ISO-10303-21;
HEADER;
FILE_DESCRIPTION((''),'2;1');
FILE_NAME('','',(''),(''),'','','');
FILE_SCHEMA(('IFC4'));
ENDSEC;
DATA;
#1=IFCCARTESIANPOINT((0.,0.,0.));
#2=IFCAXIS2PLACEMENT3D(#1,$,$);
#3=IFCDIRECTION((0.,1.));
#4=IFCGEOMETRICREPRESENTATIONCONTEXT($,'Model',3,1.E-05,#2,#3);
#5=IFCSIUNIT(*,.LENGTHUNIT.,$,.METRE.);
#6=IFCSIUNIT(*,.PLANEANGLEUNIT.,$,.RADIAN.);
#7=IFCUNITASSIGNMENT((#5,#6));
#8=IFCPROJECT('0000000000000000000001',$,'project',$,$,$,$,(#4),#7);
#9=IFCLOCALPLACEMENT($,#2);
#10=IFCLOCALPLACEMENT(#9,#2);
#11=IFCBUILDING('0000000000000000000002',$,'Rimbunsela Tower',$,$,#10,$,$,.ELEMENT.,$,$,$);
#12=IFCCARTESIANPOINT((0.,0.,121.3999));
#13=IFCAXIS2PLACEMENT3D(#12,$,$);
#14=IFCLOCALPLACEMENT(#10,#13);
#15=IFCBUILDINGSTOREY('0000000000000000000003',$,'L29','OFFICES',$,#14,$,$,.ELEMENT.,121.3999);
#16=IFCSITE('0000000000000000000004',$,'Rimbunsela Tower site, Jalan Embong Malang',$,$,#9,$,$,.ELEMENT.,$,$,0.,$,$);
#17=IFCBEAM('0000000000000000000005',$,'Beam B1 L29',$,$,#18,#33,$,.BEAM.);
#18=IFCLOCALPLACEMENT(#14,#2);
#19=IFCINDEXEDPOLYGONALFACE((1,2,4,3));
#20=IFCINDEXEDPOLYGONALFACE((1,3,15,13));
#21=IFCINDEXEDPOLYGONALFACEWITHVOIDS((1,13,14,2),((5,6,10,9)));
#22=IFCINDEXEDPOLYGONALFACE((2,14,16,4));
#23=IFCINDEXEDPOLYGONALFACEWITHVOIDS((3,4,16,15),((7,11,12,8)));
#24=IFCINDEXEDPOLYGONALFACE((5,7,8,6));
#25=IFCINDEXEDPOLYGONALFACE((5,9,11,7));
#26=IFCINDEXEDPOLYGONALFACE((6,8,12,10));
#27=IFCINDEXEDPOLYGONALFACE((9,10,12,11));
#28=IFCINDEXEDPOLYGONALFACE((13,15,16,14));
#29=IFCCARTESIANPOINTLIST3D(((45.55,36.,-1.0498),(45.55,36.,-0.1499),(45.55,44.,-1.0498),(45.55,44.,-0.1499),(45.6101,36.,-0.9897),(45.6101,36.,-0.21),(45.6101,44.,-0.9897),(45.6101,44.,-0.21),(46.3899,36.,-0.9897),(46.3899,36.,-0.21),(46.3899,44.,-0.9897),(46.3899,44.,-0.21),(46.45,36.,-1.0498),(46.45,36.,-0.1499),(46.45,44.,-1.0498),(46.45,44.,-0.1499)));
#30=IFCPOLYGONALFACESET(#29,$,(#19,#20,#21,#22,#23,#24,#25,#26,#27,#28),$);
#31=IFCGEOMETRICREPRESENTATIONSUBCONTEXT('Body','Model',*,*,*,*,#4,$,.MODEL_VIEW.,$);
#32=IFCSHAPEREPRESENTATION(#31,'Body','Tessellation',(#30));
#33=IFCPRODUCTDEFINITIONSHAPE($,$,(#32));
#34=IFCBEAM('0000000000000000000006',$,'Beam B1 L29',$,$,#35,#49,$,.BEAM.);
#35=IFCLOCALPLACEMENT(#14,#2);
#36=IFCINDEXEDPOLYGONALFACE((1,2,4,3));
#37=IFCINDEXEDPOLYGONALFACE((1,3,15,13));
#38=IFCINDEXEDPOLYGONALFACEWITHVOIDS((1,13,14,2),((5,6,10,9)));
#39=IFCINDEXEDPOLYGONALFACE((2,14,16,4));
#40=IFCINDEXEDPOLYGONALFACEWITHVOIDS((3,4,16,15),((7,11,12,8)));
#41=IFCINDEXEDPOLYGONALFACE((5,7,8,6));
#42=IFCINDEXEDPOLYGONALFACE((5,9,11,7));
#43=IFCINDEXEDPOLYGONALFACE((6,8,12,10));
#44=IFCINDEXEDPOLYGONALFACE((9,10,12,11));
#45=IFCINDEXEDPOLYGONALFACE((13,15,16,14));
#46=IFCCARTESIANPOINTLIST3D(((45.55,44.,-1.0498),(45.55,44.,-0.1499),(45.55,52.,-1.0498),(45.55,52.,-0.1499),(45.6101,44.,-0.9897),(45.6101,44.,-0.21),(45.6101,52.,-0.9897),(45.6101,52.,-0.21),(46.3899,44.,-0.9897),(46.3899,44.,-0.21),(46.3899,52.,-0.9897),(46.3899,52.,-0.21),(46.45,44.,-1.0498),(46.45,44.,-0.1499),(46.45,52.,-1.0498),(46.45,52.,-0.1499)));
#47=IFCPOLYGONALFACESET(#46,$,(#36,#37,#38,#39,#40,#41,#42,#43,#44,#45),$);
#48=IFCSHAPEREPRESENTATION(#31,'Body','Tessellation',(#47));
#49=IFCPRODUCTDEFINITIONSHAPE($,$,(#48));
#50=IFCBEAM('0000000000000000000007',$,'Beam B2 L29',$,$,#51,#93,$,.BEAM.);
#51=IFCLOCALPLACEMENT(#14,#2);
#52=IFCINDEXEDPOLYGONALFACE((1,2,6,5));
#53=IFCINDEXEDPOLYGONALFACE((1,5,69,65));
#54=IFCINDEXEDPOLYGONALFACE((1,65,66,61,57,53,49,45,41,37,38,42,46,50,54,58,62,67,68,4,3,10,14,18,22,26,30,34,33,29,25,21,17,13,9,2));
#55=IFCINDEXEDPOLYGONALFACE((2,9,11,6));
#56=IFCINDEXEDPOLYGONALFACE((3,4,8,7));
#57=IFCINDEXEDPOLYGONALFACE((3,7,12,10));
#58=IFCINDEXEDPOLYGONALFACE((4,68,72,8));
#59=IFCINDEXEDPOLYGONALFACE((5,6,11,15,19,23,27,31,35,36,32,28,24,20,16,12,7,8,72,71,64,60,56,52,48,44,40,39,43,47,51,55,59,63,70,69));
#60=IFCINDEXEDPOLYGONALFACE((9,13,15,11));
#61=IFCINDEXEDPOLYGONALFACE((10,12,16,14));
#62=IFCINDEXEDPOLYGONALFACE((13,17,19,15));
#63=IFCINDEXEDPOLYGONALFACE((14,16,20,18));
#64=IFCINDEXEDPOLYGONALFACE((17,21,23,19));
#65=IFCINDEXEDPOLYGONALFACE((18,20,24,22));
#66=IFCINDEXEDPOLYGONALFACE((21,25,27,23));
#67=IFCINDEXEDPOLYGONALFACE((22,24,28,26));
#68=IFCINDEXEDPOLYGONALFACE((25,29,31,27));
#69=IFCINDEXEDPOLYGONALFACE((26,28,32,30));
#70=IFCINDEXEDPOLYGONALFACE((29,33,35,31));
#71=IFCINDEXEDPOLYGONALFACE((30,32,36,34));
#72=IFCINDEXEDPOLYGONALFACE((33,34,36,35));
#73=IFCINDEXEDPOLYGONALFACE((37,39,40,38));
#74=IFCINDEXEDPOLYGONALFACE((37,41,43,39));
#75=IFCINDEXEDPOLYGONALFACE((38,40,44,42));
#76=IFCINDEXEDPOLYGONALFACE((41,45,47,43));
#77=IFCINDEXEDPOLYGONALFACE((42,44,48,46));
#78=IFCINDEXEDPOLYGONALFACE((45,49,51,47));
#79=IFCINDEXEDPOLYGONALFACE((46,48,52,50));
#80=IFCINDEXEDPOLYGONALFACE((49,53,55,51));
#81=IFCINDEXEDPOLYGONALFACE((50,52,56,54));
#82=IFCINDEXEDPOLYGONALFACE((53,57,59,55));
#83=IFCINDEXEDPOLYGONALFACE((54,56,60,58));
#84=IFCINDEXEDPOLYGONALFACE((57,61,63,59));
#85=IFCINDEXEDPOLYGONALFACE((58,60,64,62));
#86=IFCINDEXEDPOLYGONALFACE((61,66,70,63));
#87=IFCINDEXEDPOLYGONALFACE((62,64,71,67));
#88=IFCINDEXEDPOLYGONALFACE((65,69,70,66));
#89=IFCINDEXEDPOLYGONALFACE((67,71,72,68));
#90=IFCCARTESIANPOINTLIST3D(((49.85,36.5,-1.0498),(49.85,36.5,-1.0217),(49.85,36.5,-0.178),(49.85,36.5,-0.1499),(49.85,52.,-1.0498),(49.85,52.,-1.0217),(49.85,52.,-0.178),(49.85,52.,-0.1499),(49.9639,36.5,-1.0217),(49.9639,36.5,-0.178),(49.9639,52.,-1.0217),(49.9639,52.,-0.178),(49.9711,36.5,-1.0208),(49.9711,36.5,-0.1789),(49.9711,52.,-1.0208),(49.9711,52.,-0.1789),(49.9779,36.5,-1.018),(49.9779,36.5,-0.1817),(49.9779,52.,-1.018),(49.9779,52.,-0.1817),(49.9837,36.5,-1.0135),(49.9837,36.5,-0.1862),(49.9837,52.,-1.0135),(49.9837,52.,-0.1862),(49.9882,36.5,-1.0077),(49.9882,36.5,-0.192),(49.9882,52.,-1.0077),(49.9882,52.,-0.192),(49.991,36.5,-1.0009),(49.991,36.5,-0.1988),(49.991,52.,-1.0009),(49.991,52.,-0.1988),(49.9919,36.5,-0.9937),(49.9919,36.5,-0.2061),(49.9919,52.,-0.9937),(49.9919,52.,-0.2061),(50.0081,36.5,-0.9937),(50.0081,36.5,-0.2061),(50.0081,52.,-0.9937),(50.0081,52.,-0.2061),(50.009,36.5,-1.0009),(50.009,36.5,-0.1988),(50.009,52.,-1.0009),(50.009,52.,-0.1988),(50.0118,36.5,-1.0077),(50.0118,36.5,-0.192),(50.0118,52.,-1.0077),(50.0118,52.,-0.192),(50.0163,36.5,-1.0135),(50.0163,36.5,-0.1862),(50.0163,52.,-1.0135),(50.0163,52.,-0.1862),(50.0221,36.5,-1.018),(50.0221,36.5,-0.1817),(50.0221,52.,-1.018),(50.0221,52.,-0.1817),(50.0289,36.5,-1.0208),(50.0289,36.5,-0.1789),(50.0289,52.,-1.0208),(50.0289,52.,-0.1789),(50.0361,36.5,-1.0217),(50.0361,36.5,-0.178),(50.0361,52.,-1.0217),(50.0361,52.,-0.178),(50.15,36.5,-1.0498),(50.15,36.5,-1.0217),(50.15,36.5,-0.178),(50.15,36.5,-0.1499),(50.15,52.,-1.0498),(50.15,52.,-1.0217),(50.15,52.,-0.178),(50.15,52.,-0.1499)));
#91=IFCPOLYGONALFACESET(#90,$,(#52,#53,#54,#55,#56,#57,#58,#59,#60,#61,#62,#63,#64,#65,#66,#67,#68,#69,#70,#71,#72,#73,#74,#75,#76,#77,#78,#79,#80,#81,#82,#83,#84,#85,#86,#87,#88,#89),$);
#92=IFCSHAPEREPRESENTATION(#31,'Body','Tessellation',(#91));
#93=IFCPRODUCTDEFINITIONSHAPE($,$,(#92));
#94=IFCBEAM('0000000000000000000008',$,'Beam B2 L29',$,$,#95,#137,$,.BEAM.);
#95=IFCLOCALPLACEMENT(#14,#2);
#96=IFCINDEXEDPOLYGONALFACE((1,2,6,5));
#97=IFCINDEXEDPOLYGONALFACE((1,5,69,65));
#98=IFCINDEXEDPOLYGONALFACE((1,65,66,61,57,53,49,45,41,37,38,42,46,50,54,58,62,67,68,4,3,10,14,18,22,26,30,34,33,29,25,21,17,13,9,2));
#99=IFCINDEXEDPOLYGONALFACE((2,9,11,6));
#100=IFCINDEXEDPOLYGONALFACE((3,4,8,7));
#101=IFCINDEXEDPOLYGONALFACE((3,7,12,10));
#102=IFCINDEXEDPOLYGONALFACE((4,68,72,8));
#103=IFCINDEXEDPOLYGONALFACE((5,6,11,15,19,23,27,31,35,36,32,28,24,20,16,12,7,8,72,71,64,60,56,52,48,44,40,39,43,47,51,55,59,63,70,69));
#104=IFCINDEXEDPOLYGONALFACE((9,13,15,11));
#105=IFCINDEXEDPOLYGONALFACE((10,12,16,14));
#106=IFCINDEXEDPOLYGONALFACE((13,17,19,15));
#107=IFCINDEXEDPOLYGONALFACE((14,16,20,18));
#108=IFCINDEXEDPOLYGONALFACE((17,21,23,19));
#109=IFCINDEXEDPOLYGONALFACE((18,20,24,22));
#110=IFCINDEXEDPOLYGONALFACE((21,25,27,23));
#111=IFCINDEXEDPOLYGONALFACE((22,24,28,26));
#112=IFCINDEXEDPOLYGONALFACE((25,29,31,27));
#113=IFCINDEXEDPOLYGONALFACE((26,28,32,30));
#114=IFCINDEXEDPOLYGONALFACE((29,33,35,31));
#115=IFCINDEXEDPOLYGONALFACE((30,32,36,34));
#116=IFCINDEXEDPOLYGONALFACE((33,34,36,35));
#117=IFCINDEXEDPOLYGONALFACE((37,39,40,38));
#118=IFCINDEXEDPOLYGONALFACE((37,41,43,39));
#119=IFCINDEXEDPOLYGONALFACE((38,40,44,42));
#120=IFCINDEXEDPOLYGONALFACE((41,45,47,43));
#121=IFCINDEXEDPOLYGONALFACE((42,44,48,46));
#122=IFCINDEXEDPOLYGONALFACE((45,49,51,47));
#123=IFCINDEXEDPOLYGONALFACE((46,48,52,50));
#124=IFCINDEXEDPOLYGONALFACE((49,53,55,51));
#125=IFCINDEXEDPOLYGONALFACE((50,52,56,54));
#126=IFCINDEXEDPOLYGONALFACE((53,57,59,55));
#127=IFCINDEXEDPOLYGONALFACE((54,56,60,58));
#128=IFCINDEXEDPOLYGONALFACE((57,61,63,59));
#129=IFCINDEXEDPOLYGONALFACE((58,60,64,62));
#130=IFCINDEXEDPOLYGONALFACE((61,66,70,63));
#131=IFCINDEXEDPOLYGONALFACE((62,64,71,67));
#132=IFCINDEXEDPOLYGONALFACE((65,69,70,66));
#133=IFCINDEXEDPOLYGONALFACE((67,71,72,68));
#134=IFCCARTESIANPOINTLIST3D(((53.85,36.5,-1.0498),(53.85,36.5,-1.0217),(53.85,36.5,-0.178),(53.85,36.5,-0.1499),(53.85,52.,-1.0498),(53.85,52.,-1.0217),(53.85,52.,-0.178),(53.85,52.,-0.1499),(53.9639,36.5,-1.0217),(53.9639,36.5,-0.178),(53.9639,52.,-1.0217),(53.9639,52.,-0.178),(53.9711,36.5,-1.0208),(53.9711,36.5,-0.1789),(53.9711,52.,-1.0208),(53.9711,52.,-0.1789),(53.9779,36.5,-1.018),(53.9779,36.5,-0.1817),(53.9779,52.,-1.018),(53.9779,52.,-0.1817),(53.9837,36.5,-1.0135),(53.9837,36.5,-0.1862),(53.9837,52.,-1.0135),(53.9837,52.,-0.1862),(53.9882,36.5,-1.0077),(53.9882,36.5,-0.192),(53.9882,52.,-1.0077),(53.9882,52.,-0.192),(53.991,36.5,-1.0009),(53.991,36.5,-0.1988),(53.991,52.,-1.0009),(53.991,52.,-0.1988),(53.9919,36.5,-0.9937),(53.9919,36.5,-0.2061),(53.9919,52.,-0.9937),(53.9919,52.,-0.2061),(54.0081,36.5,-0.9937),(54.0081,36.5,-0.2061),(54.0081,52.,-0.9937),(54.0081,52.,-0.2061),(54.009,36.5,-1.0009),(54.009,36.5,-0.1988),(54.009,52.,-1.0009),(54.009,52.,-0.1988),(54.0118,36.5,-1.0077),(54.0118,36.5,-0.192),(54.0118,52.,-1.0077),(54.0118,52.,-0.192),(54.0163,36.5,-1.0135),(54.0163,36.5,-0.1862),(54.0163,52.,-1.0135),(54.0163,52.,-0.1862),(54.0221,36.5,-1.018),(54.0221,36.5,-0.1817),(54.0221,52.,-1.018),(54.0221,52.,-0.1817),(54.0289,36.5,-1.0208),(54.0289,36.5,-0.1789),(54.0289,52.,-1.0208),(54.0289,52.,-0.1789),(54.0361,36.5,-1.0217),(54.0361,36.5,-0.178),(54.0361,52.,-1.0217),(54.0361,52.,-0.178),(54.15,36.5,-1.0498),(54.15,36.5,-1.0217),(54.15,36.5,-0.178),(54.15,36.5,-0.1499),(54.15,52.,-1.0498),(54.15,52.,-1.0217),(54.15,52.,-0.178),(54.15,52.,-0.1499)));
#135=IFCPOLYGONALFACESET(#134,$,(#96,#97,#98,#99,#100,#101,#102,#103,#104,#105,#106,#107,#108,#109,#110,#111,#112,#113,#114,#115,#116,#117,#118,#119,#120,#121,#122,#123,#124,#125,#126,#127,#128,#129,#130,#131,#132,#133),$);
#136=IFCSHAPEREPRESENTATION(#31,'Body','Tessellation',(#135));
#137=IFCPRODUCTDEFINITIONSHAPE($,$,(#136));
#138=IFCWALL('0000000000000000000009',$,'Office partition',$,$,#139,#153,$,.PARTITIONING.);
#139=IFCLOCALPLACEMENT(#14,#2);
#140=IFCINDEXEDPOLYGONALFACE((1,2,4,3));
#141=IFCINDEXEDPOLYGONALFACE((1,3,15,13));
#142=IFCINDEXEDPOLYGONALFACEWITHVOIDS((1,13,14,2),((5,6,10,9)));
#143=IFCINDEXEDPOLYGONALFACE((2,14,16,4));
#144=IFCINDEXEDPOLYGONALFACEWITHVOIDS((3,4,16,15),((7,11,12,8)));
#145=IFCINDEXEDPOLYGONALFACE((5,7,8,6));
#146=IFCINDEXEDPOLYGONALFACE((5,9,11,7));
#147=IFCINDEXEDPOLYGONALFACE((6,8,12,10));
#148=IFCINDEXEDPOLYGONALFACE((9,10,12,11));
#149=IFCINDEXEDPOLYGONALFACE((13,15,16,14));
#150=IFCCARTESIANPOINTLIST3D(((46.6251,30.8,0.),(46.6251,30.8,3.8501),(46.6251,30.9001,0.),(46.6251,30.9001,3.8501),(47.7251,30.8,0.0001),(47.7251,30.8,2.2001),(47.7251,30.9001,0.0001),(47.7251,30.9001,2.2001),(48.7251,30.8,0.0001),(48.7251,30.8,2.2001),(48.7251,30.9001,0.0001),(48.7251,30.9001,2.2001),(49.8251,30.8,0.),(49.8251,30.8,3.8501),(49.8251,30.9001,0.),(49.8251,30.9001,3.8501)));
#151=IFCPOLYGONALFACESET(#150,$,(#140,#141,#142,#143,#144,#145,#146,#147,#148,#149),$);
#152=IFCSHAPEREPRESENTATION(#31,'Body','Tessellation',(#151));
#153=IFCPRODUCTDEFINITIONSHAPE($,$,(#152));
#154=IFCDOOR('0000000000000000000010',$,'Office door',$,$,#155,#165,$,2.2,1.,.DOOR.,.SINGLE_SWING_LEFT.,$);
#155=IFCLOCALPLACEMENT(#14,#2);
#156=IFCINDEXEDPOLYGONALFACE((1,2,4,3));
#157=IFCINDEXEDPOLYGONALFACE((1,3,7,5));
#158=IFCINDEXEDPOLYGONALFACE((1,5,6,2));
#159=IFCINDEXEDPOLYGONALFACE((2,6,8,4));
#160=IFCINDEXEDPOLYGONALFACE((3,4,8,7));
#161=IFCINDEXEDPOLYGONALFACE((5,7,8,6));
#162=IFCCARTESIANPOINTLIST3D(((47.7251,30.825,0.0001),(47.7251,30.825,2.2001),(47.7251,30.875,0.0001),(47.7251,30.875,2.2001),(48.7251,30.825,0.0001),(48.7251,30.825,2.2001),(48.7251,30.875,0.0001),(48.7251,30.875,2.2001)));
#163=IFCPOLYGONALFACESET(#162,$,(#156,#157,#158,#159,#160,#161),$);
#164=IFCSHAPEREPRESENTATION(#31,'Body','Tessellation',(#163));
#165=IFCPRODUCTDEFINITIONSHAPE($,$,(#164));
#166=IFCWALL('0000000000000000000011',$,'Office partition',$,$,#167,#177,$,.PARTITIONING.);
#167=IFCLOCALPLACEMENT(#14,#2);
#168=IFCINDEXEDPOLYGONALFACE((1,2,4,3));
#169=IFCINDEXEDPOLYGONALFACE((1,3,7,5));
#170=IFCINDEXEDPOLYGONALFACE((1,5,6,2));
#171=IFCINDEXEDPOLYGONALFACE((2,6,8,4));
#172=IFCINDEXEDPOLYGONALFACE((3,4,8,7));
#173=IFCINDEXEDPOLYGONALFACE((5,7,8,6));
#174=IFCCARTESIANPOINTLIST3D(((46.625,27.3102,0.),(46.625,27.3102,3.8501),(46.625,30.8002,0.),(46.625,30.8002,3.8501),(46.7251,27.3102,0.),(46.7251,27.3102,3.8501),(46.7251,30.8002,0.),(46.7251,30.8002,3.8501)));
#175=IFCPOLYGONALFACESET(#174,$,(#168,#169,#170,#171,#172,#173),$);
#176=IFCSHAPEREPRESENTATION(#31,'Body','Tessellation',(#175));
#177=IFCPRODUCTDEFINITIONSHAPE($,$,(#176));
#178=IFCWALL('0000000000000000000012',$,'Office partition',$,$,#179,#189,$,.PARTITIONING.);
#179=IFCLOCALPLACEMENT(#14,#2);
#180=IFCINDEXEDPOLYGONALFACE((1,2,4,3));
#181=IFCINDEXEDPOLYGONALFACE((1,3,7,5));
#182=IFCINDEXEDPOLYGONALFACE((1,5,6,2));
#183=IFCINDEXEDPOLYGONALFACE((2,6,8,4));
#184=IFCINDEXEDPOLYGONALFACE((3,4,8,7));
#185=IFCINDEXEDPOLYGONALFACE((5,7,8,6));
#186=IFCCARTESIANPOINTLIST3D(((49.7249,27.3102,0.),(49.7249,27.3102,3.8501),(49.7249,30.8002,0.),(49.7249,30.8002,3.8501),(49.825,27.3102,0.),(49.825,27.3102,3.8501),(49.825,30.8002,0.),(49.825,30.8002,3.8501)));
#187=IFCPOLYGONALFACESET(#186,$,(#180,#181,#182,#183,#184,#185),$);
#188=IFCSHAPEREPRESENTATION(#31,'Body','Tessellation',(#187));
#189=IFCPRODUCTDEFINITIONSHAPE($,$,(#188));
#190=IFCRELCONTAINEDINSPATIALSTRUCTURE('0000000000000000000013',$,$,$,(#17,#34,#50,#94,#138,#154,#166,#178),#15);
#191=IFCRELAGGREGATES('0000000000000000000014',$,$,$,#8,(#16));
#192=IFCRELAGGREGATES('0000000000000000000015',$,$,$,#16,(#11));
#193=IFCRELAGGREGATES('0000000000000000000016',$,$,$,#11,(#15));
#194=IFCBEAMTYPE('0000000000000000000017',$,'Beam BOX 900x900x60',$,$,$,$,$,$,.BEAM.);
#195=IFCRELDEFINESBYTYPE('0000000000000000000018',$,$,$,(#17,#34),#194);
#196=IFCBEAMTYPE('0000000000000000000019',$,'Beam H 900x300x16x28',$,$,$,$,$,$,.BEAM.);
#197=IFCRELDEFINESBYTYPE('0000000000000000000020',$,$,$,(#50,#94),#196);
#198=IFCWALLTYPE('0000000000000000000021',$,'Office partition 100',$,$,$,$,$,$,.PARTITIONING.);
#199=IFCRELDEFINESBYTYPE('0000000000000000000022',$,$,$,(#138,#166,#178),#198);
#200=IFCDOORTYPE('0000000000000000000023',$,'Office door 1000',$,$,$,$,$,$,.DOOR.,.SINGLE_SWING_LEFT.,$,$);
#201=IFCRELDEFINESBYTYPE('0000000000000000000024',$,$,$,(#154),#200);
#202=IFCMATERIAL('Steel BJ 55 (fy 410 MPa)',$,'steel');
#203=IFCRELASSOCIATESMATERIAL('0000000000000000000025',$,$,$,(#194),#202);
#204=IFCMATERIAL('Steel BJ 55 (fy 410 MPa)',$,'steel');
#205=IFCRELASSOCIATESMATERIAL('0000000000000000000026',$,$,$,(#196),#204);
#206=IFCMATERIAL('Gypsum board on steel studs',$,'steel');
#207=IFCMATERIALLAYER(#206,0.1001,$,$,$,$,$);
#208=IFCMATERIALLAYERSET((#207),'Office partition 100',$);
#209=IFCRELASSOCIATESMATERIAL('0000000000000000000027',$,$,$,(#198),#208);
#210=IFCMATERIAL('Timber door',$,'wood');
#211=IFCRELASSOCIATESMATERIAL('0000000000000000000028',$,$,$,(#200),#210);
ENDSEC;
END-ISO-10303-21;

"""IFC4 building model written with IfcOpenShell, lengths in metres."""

from ifc_helpers import new_model, si_unit, direction, frame, frame_2d, origin, origin_2d, place, context, subcontext, project, spatial, rectangle, hollow_rectangle, i_section, extrude, material, layer, layer_set, material_profile, profile_set, type_object, element, fill, save


model = new_model("IFC4")

# Units and contexts
model_context = context("Model", 3, precision=1e-05, world=origin(), true_north=direction((0.0, 1.0)))
body_context = subcontext(model_context, "Body", "Model", "MODEL_VIEW")
ifc_project = project(units=[si_unit("LENGTHUNIT", "METRE"), si_unit("PLANEANGLEUNIT", "RADIAN")], contexts=[model_context])

# Site, building, storey
site_placement = place(None, origin())
site = spatial("IfcSite", under=ifc_project, at=site_placement, Name="Rimbunsela Tower site, Jalan Embong Malang", CompositionType="ELEMENT", RefElevation=0.0)
building_placement = place(site_placement, origin())
building = spatial("IfcBuilding", under=site, at=building_placement, Name="Rimbunsela Tower", CompositionType="ELEMENT")
storey_placement = place(building_placement, frame((0.0, 0.0, 121.3999)))
storey = spatial("IfcBuildingStorey", under=building, at=storey_placement, Name="L29", Description="OFFICES", CompositionType="ELEMENT", Elevation=121.3999)

# Beams
ifc_material_1 = material(Name="Steel BJ 55 (fy 410 MPa)", Category="steel")
ifc_material_profile_1 = material_profile(ifc_material_1, hollow_rectangle(XDim=0.8999, YDim=0.8999, WallThickness=0.0601, at=origin_2d()), Name="BOX 900x900x60")
ifc_profile_set_1 = profile_set([ifc_material_profile_1], Name="Steel BJ 55 (fy 410 MPa)")
beam_type_1 = type_object("IfcBeamType", Name="Beam BOX 900x900x60", PredefinedType="BEAM", material=ifc_profile_set_1)
for number, where, z_axis, x_axis, name in (
    (1, (46.0, 36.0, -0.5999), (0.0, 1.0, 0.0), (-1.0, 0.0, 0.0), "Beam B1 L29"),
    (2, (46.0, 44.0, -0.5999), (0.0, 1.0, 0.0), (-1.0, 0.0, 0.0), "Beam B1 L29"),
):
    element("IfcBeam", number, at=place(storey_placement, frame(where, z_axis=z_axis, x_axis=x_axis)), inside=storey, type_object=beam_type_1, Name=name, PredefinedType="BEAM", context=body_context, shape_type="SweptSolid", body=[
        extrude(hollow_rectangle(XDim=0.8999, YDim=0.8999, WallThickness=0.0601, at=origin_2d()), origin(), (0.0, 0.0, 1.0), 8.0),
    ])
ifc_material_2 = material(Name="Steel BJ 55 (fy 410 MPa)", Category="steel")
ifc_material_profile_2 = material_profile(ifc_material_2, i_section(OverallWidth=0.3, OverallDepth=0.8999, WebThickness=0.0161, FlangeThickness=0.0281, FilletRadius=0.0281, at=origin_2d()), Name="H 900x300x16x28")
ifc_profile_set_2 = profile_set([ifc_material_profile_2], Name="Steel BJ 55 (fy 410 MPa)")
beam_type_2 = type_object("IfcBeamType", Name="Beam H 900x300x16x28", PredefinedType="BEAM", material=ifc_profile_set_2)
for number, where, z_axis, x_axis, name in (
    (3, (50.0, 36.5, -0.5999), (0.0, 1.0, 0.0), (-1.0, 0.0, 0.0), "Beam B2 L29"),
    (4, (54.0, 36.5, -0.5999), (0.0, 1.0, 0.0), (-1.0, 0.0, 0.0), "Beam B2 L29"),
):
    element("IfcBeam", number, at=place(storey_placement, frame(where, z_axis=z_axis, x_axis=x_axis)), inside=storey, type_object=beam_type_2, Name=name, PredefinedType="BEAM", context=body_context, shape_type="SweptSolid", body=[
        extrude(i_section(OverallWidth=0.3, OverallDepth=0.8999, WebThickness=0.0161, FlangeThickness=0.0281, FilletRadius=0.0281, at=origin_2d()), origin(), (0.0, 0.0, 1.0), 15.5),
    ])

# Wall, opening, door
ifc_material_3 = material(Name="Gypsum board on steel studs", Category="steel")
ifc_layer_1 = layer(ifc_material_3, 0.1001)
ifc_layer_set_1 = layer_set([ifc_layer_1], Name="Office partition 100")
wall_type_1 = type_object("IfcWallType", Name="Office partition 100", PredefinedType="PARTITIONING", material=ifc_layer_set_1)
wall_1_placement = place(storey_placement, frame((46.625, 30.8501, 0.0), z_axis=(0.0, 0.0, 1.0), x_axis=(1.0, 0.0, 0.0)))
wall_1 = element("IfcWall", 5, at=wall_1_placement, inside=storey, type_object=wall_type_1, Name="Office partition", PredefinedType="PARTITIONING", context=body_context, shape_type="SweptSolid", body=[
    extrude(rectangle(XDim=3.2, YDim=0.1001, at=frame_2d((1.6001, 0.0))), origin(), (0.0, 0.0, 1.0), 3.8501),
])
opening_1_placement = place(wall_1_placement, frame((1.1001, 0.0, 0.0)))
opening_1 = element("IfcOpeningElement", 6, at=opening_1_placement, cuts=wall_1, PredefinedType="OPENING", context=body_context, shape_type="SweptSolid", body=[
    extrude(rectangle(XDim=1.0, YDim=2.2, at=frame_2d((0.5, 1.1001))), frame((0.0, 0.0601, 0.0), z_axis=(0.0, -1.0, 0.0), x_axis=(1.0, 0.0, 0.0)), (0.0, 0.0, 1.0), 0.1201),
])
ifc_material_4 = material(Name="Timber door", Category="wood")
door_type = type_object("IfcDoorType", Name="Office door 1000", OperationType="SINGLE_SWING_LEFT", PredefinedType="DOOR", material=ifc_material_4)
door_placement = place(opening_1_placement, origin())
door = element("IfcDoor", 7, at=door_placement, inside=storey, type_object=door_type, Name="Office door", OperationType="SINGLE_SWING_LEFT", OverallHeight=2.2, OverallWidth=1.0, PredefinedType="DOOR", context=body_context, shape_type="SweptSolid", body=[
    extrude(rectangle(XDim=1.0, YDim=2.2, at=frame_2d((0.5, 1.1001))), frame((0.0, 0.0249, 0.0), z_axis=(0.0, -1.0, 0.0), x_axis=(1.0, 0.0, 0.0)), (0.0, 0.0, 1.0), 0.05),
])
fill(opening_1, door)

# Walls
for number, where, z_axis, x_axis, name in (
    (8, (46.675, 27.3101, 0.0), (0.0, 0.0, 1.0), (0.0, 1.0, 0.0), "Office partition"),
    (9, (49.7749, 27.3101, 0.0), (0.0, 0.0, 1.0), (0.0, 1.0, 0.0), "Office partition"),
):
    element("IfcWall", number, at=place(storey_placement, frame(where, z_axis=z_axis, x_axis=x_axis)), inside=storey, type_object=wall_type_1, Name=name, PredefinedType="PARTITIONING", context=body_context, shape_type="SweptSolid", body=[
        extrude(rectangle(XDim=3.49, YDim=0.1001, at=frame_2d((1.7451, 0.0))), origin(), (0.0, 0.0, 1.0), 3.8501),
    ])

save(model, "model.ifc")
